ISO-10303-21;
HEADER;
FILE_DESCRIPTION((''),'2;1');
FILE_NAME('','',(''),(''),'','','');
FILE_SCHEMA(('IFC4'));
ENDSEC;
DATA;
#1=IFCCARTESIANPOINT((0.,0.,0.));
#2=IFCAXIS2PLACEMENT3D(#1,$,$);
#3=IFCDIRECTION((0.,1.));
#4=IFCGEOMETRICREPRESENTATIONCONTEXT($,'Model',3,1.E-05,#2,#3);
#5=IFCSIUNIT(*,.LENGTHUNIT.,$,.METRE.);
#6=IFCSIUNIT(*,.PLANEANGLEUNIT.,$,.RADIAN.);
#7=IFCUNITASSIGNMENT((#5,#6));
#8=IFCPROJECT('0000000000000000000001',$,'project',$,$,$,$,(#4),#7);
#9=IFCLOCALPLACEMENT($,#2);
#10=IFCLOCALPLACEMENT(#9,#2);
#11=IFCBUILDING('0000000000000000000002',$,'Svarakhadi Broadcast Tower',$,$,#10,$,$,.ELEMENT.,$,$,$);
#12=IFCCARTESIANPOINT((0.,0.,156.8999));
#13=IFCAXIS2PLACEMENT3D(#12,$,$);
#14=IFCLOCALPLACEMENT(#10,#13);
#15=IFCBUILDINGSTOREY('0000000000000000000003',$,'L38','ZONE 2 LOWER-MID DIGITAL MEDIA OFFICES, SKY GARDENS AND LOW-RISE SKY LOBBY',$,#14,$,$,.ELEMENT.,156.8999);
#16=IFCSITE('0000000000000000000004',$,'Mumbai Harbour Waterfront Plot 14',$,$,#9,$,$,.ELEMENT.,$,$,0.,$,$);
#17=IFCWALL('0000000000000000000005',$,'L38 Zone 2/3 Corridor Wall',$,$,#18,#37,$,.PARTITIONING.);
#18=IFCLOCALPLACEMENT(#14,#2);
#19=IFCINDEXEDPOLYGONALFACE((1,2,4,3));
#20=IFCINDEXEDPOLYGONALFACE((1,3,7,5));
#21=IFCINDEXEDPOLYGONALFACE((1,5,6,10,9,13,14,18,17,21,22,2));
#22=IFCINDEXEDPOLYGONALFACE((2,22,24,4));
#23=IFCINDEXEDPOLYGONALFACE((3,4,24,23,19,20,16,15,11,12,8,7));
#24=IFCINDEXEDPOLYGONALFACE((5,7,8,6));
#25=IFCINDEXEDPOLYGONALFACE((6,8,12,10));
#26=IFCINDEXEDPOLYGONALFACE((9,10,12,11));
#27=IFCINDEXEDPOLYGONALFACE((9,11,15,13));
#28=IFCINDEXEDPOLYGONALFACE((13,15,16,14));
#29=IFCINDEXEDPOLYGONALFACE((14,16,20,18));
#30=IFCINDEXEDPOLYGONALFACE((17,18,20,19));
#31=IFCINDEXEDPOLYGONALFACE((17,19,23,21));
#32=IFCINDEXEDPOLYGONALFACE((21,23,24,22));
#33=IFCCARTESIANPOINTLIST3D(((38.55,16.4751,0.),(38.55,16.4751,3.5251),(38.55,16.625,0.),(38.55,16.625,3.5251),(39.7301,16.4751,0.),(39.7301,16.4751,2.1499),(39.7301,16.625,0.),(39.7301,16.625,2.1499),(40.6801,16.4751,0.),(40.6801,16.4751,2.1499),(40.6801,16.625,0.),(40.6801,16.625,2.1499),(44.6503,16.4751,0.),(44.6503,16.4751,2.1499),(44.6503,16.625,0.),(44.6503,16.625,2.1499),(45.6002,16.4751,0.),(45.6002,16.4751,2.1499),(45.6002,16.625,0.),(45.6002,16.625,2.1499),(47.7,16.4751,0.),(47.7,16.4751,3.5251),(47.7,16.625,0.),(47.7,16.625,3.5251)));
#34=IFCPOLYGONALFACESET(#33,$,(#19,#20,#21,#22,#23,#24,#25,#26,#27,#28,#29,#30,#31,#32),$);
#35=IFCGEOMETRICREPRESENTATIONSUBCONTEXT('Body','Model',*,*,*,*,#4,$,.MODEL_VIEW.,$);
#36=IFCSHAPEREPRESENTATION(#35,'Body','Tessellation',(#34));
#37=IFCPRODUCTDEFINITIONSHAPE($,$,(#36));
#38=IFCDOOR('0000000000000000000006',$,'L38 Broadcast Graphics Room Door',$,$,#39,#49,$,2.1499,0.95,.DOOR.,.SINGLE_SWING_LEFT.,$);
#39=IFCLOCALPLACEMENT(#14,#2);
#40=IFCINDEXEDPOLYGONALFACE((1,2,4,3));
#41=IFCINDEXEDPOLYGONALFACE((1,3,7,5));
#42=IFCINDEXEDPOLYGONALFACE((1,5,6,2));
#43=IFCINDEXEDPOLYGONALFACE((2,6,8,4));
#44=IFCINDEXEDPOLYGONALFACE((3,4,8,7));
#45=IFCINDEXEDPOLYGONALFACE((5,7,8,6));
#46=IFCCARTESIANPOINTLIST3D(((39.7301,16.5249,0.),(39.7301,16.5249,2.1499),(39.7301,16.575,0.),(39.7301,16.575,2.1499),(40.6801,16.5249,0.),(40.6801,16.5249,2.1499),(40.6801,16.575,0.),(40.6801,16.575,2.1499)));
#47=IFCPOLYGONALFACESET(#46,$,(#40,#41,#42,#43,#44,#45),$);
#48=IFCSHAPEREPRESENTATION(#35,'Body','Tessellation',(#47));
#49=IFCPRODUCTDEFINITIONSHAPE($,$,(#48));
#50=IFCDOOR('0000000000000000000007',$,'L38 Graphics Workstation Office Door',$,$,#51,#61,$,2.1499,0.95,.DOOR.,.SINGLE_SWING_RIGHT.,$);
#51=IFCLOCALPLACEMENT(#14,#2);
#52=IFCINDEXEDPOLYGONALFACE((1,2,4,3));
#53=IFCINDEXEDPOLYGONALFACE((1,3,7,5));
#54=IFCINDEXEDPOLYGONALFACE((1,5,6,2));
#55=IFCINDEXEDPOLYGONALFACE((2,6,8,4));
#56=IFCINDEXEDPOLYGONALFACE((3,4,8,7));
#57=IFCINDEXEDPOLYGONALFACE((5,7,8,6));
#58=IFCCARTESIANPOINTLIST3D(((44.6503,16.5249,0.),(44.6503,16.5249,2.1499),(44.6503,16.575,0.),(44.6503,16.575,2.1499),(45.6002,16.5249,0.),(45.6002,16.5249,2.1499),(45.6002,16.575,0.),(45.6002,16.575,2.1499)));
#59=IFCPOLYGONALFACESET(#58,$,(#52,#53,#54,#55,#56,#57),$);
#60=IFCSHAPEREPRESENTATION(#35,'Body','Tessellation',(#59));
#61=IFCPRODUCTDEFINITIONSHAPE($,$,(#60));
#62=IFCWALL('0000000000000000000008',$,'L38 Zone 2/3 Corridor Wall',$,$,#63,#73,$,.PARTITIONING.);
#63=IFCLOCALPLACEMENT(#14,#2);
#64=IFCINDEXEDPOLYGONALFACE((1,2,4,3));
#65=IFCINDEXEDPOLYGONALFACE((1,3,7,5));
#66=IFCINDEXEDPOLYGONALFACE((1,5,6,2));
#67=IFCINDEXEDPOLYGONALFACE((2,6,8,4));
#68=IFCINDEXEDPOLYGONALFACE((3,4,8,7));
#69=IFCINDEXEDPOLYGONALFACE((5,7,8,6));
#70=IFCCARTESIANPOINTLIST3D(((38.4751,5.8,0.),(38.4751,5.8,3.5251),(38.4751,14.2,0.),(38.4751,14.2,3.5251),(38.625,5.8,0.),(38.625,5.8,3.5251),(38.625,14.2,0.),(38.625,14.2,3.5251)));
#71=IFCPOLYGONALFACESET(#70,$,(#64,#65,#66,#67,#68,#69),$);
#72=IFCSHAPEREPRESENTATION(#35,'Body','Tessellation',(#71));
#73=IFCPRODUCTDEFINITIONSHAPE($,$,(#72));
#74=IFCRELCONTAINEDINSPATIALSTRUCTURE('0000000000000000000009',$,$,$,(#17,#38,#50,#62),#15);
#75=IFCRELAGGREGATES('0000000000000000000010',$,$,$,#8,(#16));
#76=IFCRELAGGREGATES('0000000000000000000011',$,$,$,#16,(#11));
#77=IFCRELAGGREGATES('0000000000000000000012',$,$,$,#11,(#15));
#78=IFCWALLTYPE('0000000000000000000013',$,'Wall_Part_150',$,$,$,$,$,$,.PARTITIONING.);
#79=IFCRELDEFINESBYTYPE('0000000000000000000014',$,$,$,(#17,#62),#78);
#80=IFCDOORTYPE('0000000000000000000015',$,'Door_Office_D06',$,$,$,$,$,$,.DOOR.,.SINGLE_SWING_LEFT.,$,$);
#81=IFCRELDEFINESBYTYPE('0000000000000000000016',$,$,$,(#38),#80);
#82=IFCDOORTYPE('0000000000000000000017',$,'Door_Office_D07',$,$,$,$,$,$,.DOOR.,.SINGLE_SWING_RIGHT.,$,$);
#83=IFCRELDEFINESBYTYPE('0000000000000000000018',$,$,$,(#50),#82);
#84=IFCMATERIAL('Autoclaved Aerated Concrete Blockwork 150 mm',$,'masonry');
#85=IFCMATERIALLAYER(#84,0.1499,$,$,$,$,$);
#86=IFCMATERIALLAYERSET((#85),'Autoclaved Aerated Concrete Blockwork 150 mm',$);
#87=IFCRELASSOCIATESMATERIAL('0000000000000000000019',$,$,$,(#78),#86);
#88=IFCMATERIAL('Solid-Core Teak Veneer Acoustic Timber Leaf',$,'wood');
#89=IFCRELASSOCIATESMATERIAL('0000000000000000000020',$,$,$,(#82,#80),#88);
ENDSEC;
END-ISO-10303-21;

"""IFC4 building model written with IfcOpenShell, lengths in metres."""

from ifc_helpers import new_model, si_unit, direction, frame, frame_2d, origin, place, context, subcontext, project, spatial, rectangle, extrude, material, layer, layer_set, type_object, element, fill, save


model = new_model("IFC4")

# Units and contexts
model_context = context("Model", 3, precision=1e-05, world=origin(), true_north=direction((0.0, 1.0)))
body_context = subcontext(model_context, "Body", "Model", "MODEL_VIEW")
ifc_project = project(units=[si_unit("LENGTHUNIT", "METRE"), si_unit("PLANEANGLEUNIT", "RADIAN")], contexts=[model_context])

# Site, building, storey
site_placement = place(None, origin())
site = spatial("IfcSite", under=ifc_project, at=site_placement, Name="Mumbai Harbour Waterfront Plot 14", CompositionType="ELEMENT", RefElevation=0.0)
building_placement = place(site_placement, origin())
building = spatial("IfcBuilding", under=site, at=building_placement, Name="Svarakhadi Broadcast Tower", CompositionType="ELEMENT")
storey_placement = place(building_placement, frame((0.0, 0.0, 156.8999)))
storey = spatial("IfcBuildingStorey", under=building, at=storey_placement, Name="L38", Description="ZONE 2 LOWER-MID DIGITAL MEDIA OFFICES, SKY GARDENS AND LOW-RISE SKY LOBBY", CompositionType="ELEMENT", Elevation=156.8999)

# Shared definitions
ifc_material_1 = material(Name="Autoclaved Aerated Concrete Blockwork 150 mm", Category="masonry")
ifc_layer = layer(ifc_material_1, 0.1499)
ifc_layer_set = layer_set([ifc_layer], Name="Autoclaved Aerated Concrete Blockwork 150 mm")
wall_type = type_object("IfcWallType", Name="Wall_Part_150", PredefinedType="PARTITIONING", material=ifc_layer_set)

# Wall, openings, doors
ifc_material_2 = material(Name="Solid-Core Teak Veneer Acoustic Timber Leaf", Category="wood")
door_type_1 = type_object("IfcDoorType", Name="Door_Office_D07", OperationType="SINGLE_SWING_RIGHT", PredefinedType="DOOR", material=ifc_material_2)
wall_1_placement = place(storey_placement, frame((38.55, 16.55, 0.0), z_axis=(0.0, 0.0, 1.0), x_axis=(1.0, 0.0, 0.0)))
wall_1 = element("IfcWall", 1, at=wall_1_placement, inside=storey, type_object=wall_type, Name="L38 Zone 2/3 Corridor Wall", PredefinedType="PARTITIONING", context=body_context, shape_type="SweptSolid", body=[
    extrude(rectangle(XDim=9.1499, YDim=0.1499, at=frame_2d((4.575, 0.0))), origin(), (0.0, 0.0, 1.0), 3.5251),
])
opening_1_placement = place(wall_1_placement, frame((1.1799, 0.0, 0.0)))
opening_1 = element("IfcOpeningElement", 2, at=opening_1_placement, cuts=wall_1, PredefinedType="OPENING", context=body_context, shape_type="SweptSolid", body=[
    extrude(rectangle(XDim=0.95, YDim=2.1499, at=frame_2d((0.4751, 1.075))), frame((0.0, 0.085, 0.0), z_axis=(0.0, -1.0, 0.0), x_axis=(1.0, 0.0, 0.0)), (0.0, 0.0, 1.0), 0.1699),
])
opening_2_placement = place(wall_1_placement, frame((6.1001, 0.0, 0.0)))
opening_2 = element("IfcOpeningElement", 3, at=opening_2_placement, cuts=wall_1, PredefinedType="OPENING", context=body_context, shape_type="SweptSolid", body=[
    extrude(rectangle(XDim=0.95, YDim=2.1499, at=frame_2d((0.4751, 1.075))), frame((0.0, 0.085, 0.0), z_axis=(0.0, -1.0, 0.0), x_axis=(1.0, 0.0, 0.0)), (0.0, 0.0, 1.0), 0.1699),
])
door_type_2 = type_object("IfcDoorType", Name="Door_Office_D06", OperationType="SINGLE_SWING_LEFT", PredefinedType="DOOR", material=ifc_material_2)
door_1_placement = place(opening_1_placement, origin())
door_1 = element("IfcDoor", 4, at=door_1_placement, inside=storey, type_object=door_type_2, Name="L38 Broadcast Graphics Room Door", OperationType="SINGLE_SWING_LEFT", OverallHeight=2.1499, OverallWidth=0.95, PredefinedType="DOOR", context=body_context, shape_type="SweptSolid", body=[
    extrude(rectangle(XDim=0.95, YDim=2.1499, at=frame_2d((0.4751, 1.075))), frame((0.0, 0.0249, 0.0), z_axis=(0.0, -1.0, 0.0), x_axis=(1.0, 0.0, 0.0)), (0.0, 0.0, 1.0), 0.05),
])
fill(opening_1, door_1)
door_2_placement = place(opening_2_placement, origin())
door_2 = element("IfcDoor", 5, at=door_2_placement, inside=storey, type_object=door_type_1, Name="L38 Graphics Workstation Office Door", OperationType="SINGLE_SWING_RIGHT", OverallHeight=2.1499, OverallWidth=0.95, PredefinedType="DOOR", context=body_context, shape_type="SweptSolid", body=[
    extrude(rectangle(XDim=0.95, YDim=2.1499, at=frame_2d((0.4751, 1.075))), frame((0.0, 0.0249, 0.0), z_axis=(0.0, -1.0, 0.0), x_axis=(1.0, 0.0, 0.0)), (0.0, 0.0, 1.0), 0.05),
])
fill(opening_2, door_2)

# Wall
wall_2_placement = place(storey_placement, frame((38.55, 14.2, 0.0), z_axis=(0.0, 0.0, 1.0), x_axis=(0.0, -1.0, 0.0)))
element("IfcWall", 6, at=wall_2_placement, inside=storey, type_object=wall_type, Name="L38 Zone 2/3 Corridor Wall", PredefinedType="PARTITIONING", context=body_context, shape_type="SweptSolid", body=[
    extrude(rectangle(XDim=8.3999, YDim=0.1499, at=frame_2d((4.2, 0.0))), origin(), (0.0, 0.0, 1.0), 3.5251),
])

save(model, "model.ifc")
